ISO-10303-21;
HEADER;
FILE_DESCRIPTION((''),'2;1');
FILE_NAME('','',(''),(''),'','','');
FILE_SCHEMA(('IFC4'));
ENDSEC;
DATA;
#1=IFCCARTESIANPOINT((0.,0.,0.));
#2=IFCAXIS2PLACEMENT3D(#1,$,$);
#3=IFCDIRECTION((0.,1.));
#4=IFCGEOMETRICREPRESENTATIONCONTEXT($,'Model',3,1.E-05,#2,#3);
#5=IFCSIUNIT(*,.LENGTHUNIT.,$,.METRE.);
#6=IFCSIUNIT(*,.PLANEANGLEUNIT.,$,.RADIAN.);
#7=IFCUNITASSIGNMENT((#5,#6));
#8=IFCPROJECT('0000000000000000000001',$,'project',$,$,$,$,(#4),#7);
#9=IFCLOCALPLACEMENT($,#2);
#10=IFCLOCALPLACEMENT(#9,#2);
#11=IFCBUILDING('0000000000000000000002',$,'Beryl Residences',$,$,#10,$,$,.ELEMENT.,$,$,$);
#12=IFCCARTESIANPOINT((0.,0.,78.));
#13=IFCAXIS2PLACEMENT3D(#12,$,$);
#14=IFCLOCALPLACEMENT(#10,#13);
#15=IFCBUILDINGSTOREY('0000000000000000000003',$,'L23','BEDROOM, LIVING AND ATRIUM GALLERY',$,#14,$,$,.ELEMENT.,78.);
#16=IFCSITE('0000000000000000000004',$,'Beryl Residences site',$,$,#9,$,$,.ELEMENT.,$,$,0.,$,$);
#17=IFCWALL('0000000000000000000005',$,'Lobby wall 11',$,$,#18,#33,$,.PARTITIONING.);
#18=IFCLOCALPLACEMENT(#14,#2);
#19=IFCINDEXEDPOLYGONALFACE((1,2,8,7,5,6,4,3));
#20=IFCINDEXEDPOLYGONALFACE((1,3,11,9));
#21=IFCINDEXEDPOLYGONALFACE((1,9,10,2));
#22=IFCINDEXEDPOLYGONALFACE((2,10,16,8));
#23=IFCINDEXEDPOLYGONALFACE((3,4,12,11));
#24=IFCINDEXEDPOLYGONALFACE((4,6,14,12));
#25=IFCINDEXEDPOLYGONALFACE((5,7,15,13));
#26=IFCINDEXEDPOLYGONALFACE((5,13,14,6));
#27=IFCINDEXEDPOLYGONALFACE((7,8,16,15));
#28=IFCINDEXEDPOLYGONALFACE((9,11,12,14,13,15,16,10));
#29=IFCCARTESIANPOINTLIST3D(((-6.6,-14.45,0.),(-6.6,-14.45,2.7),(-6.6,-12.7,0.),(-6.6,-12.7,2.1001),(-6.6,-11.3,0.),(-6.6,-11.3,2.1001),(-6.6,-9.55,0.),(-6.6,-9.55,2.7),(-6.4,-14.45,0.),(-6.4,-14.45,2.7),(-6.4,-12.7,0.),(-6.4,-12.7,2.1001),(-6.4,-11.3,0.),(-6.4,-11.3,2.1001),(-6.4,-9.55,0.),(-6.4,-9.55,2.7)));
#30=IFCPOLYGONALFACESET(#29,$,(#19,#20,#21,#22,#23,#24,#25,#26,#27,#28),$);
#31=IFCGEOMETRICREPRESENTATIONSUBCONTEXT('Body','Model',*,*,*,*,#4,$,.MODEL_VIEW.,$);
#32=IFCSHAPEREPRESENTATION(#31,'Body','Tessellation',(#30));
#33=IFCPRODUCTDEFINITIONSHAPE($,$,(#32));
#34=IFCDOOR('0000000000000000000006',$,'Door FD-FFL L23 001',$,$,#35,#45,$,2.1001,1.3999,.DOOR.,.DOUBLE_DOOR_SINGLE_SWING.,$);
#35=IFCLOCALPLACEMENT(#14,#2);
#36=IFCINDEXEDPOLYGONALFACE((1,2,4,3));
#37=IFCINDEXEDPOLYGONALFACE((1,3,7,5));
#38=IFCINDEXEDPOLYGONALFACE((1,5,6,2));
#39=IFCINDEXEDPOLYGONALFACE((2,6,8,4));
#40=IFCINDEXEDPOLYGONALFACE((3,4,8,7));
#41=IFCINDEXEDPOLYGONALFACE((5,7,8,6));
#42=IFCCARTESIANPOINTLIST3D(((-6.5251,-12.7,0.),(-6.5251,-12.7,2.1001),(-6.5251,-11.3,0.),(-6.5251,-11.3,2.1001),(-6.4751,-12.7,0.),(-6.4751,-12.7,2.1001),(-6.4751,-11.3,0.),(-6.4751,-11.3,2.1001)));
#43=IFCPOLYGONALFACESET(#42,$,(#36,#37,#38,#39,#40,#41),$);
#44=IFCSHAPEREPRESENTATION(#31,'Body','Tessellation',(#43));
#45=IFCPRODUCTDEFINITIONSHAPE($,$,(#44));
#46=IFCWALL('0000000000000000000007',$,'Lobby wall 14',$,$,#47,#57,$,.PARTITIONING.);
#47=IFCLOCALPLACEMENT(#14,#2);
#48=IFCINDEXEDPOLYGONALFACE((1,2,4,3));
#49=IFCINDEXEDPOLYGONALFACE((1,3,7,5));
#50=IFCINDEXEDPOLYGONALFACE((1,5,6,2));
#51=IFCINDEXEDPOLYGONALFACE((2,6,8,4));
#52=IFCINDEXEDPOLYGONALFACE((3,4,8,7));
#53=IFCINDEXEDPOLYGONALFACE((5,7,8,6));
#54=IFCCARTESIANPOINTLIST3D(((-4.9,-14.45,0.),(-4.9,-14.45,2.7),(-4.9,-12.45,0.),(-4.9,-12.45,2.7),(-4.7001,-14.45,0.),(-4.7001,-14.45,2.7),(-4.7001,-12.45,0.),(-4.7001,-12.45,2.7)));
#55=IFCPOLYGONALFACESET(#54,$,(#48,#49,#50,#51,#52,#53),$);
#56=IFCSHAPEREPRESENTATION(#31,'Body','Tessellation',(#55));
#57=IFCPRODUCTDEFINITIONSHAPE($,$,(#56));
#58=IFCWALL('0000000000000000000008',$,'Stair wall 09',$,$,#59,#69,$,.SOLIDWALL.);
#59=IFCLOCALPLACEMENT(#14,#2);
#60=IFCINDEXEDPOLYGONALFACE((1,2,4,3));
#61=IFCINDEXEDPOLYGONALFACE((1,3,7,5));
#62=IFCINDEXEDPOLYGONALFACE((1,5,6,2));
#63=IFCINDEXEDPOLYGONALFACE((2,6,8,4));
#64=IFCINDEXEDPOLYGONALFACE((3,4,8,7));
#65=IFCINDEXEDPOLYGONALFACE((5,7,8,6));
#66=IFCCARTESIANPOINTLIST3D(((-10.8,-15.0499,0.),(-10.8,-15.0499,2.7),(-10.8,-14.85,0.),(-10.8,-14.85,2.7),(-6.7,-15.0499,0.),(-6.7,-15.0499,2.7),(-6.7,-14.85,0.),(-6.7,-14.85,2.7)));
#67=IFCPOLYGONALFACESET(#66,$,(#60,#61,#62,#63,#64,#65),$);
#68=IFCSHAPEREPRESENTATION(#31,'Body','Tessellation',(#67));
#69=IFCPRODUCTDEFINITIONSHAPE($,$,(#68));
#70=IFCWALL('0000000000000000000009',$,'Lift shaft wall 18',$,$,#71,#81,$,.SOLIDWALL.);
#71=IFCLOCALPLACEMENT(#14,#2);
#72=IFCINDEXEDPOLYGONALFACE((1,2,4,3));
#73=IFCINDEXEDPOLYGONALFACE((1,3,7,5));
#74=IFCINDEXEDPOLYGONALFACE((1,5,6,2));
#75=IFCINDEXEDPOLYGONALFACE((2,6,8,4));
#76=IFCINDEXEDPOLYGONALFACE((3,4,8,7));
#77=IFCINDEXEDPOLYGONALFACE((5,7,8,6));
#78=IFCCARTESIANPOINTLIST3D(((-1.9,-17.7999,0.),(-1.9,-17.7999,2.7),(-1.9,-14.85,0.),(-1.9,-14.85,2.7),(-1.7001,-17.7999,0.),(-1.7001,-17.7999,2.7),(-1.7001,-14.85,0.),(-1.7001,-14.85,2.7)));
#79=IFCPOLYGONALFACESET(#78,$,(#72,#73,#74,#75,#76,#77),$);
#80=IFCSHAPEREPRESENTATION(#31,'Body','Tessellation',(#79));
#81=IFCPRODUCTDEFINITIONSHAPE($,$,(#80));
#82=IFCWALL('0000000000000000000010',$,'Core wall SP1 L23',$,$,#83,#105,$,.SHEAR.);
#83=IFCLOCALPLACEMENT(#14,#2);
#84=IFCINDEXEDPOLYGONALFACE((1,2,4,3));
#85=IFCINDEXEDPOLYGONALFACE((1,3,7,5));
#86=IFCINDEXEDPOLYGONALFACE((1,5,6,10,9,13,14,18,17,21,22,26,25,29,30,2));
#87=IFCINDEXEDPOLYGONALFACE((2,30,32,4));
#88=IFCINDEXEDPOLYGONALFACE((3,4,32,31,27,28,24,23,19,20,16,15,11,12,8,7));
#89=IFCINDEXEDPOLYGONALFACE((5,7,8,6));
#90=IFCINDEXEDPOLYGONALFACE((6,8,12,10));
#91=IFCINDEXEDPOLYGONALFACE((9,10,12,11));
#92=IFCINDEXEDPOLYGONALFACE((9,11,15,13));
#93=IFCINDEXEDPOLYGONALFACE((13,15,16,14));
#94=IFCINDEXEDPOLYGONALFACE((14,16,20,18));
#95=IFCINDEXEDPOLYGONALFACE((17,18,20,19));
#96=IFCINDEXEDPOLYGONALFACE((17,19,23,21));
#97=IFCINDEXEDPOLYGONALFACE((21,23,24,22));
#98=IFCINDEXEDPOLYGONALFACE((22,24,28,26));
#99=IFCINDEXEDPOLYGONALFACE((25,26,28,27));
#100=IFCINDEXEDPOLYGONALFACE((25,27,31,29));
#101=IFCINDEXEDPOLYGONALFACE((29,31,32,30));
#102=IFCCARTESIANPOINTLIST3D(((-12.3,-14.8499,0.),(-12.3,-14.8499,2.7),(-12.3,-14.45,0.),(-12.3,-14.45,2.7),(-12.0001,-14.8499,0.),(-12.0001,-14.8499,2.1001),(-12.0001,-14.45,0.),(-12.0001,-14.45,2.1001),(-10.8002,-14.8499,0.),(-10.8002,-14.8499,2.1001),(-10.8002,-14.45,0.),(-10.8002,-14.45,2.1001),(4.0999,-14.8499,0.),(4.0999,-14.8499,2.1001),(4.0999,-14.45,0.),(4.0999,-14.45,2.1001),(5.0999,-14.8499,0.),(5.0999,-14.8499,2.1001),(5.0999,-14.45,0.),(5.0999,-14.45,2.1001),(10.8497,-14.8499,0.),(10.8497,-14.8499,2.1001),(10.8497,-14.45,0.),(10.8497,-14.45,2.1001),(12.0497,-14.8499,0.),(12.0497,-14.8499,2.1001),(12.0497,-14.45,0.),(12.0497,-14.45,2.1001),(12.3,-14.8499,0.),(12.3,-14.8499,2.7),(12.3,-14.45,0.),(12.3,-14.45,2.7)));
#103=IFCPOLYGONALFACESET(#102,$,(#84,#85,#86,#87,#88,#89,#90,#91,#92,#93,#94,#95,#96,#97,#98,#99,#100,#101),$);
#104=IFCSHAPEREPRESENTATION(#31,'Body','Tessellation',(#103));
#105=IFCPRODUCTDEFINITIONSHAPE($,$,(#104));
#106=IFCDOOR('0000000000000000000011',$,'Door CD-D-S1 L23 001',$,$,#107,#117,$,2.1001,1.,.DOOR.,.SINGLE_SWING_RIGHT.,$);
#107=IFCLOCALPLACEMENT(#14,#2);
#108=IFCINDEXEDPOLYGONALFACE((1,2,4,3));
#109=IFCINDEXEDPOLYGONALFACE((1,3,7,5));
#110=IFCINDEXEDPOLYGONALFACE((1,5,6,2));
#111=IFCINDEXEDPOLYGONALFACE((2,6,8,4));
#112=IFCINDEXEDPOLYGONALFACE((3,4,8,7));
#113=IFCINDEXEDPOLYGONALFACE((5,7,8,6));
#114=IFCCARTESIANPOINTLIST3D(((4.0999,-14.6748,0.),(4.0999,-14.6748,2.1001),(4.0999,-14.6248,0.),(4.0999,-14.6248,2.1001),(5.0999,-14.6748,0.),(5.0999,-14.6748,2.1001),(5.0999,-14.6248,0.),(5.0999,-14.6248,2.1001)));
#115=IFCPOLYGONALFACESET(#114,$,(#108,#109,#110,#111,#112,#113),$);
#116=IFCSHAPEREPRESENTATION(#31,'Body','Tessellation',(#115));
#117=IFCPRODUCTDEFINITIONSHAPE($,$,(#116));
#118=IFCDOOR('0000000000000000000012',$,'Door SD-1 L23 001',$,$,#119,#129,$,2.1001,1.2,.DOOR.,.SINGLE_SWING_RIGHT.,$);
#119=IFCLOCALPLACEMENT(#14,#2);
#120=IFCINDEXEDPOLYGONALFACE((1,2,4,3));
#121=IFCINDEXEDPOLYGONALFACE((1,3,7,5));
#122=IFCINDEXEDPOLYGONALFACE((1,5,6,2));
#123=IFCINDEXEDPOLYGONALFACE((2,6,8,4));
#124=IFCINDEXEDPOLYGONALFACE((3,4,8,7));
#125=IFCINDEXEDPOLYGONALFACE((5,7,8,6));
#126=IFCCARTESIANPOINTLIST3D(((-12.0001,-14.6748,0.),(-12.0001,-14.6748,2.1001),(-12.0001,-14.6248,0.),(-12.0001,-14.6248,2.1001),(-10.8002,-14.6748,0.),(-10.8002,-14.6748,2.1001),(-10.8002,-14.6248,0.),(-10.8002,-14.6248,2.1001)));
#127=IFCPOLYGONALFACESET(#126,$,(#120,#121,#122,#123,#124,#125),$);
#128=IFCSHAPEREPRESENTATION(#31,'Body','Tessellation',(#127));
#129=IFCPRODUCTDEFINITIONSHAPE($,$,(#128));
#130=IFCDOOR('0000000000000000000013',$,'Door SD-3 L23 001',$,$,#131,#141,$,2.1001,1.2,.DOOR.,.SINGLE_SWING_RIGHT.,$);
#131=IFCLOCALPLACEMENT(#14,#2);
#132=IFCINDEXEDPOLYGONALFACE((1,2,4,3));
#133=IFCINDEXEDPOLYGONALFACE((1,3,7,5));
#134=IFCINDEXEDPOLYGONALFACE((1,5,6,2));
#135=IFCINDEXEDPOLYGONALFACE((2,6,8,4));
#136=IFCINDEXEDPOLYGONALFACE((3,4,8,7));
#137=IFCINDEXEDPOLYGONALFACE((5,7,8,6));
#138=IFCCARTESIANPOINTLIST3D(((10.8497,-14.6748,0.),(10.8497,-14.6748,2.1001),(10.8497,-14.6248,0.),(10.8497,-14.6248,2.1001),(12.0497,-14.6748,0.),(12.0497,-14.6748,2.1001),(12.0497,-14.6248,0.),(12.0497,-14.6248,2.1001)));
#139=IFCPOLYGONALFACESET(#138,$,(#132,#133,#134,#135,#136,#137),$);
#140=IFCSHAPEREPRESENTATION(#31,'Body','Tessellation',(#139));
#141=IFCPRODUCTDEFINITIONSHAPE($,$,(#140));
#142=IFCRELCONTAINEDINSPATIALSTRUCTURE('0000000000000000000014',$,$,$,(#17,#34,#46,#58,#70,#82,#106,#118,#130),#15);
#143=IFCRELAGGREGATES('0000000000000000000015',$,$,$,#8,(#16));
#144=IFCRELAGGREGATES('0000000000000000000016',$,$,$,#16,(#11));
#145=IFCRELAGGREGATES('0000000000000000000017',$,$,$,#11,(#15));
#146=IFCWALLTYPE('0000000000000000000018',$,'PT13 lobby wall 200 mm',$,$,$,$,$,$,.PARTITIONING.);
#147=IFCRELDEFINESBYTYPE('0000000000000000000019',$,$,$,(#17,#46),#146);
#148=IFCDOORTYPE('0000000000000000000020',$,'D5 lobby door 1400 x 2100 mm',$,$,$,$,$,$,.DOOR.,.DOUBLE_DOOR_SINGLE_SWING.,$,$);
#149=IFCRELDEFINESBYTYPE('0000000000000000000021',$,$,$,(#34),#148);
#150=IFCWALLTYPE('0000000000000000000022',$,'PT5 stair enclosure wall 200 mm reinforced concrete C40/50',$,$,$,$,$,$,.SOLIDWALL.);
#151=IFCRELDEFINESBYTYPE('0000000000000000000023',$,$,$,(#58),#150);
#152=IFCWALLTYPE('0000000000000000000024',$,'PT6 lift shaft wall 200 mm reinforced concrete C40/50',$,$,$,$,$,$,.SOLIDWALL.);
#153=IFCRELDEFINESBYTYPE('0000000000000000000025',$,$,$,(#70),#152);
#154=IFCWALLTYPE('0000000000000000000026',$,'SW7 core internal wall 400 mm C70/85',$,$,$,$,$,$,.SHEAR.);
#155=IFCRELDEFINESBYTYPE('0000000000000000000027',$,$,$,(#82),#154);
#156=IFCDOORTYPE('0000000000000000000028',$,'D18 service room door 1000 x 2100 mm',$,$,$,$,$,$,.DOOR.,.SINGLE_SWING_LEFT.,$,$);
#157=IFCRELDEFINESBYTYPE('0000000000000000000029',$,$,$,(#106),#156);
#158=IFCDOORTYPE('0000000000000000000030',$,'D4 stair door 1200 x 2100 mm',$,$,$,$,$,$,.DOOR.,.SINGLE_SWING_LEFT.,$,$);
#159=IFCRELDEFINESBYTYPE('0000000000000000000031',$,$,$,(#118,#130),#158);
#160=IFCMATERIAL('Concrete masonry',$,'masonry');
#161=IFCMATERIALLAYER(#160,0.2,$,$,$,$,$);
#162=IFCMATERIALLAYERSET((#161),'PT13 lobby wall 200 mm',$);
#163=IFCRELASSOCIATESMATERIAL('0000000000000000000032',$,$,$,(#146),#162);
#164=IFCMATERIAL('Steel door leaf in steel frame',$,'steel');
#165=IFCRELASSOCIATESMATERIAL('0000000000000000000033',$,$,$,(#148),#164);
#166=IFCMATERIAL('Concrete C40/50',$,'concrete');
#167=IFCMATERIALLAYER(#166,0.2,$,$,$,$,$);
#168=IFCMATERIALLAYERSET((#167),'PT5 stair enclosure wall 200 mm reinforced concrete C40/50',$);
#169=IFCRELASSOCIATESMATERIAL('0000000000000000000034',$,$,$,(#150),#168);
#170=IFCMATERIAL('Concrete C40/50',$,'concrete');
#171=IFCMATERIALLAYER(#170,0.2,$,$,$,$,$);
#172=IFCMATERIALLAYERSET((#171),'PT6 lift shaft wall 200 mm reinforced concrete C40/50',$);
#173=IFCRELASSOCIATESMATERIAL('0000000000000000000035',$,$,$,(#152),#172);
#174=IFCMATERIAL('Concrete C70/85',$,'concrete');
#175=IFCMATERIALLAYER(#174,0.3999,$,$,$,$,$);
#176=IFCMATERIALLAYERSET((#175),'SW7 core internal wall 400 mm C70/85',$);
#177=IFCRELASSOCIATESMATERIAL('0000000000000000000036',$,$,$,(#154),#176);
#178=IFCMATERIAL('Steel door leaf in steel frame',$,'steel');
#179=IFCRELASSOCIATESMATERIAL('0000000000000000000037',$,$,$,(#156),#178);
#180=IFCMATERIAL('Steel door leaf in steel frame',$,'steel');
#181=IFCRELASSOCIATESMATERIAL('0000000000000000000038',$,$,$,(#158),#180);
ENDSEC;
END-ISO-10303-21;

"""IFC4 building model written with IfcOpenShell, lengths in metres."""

from ifc_helpers import new_model, si_unit, direction, frame, frame_2d, origin, place, context, subcontext, project, spatial, rectangle, extrude, material, layer, layer_set, type_object, element, fill, save


model = new_model("IFC4")

# Units and contexts
model_context = context("Model", 3, precision=1e-05, world=origin(), true_north=direction((0.0, 1.0)))
body_context = subcontext(model_context, "Body", "Model", "MODEL_VIEW")
ifc_project = project(units=[si_unit("LENGTHUNIT", "METRE"), si_unit("PLANEANGLEUNIT", "RADIAN")], contexts=[model_context])

# Site, building, storey
site_placement = place(None, origin())
site = spatial("IfcSite", under=ifc_project, at=site_placement, Name="Beryl Residences site", CompositionType="ELEMENT", RefElevation=0.0)
building_placement = place(site_placement, origin())
building = spatial("IfcBuilding", under=site, at=building_placement, Name="Beryl Residences", CompositionType="ELEMENT")
storey_placement = place(building_placement, frame((0.0, 0.0, 78.0)))
storey = spatial("IfcBuildingStorey", under=building, at=storey_placement, Name="L23", Description="BEDROOM, LIVING AND ATRIUM GALLERY", CompositionType="ELEMENT", Elevation=78.0)

# Wall, opening, door
ifc_material_1 = material(Name="Concrete masonry", Category="masonry")
ifc_layer_1 = layer(ifc_material_1, 0.2)
ifc_layer_set_1 = layer_set([ifc_layer_1], Name="PT13 lobby wall 200 mm")
wall_type_1 = type_object("IfcWallType", Name="PT13 lobby wall 200 mm", PredefinedType="PARTITIONING", material=ifc_layer_set_1)
wall_1_placement = place(storey_placement, frame((-6.5, -14.45, 0.0), z_axis=(0.0, 0.0, 1.0), x_axis=(0.0, 1.0, 0.0)))
wall_1 = element("IfcWall", 1, at=wall_1_placement, inside=storey, type_object=wall_type_1, Name="Lobby wall 11", PredefinedType="PARTITIONING", context=body_context, shape_type="SweptSolid", body=[
    extrude(rectangle(XDim=4.8999, YDim=0.2, at=frame_2d((2.45, 0.0))), origin(), (0.0, 0.0, 1.0), 2.7),
])
opening_1_placement = place(wall_1_placement, frame((3.1499, 0.0, 0.0), z_axis=(0.0, 0.0, 1.0), x_axis=(-1.0, 0.0, 0.0)))
opening_1 = element("IfcOpeningElement", 2, at=opening_1_placement, cuts=wall_1, PredefinedType="OPENING", context=body_context, shape_type="SweptSolid", body=[
    extrude(rectangle(XDim=1.3999, YDim=2.1001, at=frame_2d((0.7, 1.05))), frame((0.0, 0.1099, 0.0), z_axis=(0.0, -1.0, 0.0), x_axis=(1.0, 0.0, 0.0)), (0.0, 0.0, 1.0), 0.22),
])
ifc_material_2 = material(Name="Steel door leaf in steel frame", Category="steel")
door_type_1 = type_object("IfcDoorType", Name="D5 lobby door 1400 x 2100 mm", OperationType="DOUBLE_DOOR_SINGLE_SWING", PredefinedType="DOOR", material=ifc_material_2)
door_1_placement = place(opening_1_placement, origin())
door_1 = element("IfcDoor", 3, at=door_1_placement, inside=storey, type_object=door_type_1, Name="Door FD-FFL L23 001", OperationType="DOUBLE_DOOR_SINGLE_SWING", OverallHeight=2.1001, OverallWidth=1.3999, PredefinedType="DOOR", context=body_context, shape_type="SweptSolid", body=[
    extrude(rectangle(XDim=1.3999, YDim=2.1001, at=frame_2d((0.7, 1.05))), frame((0.0, 0.0249, 0.0), z_axis=(0.0, -1.0, 0.0), x_axis=(1.0, 0.0, 0.0)), (0.0, 0.0, 1.0), 0.05),
])
fill(opening_1, door_1)

# Walls
wall_2_placement = place(storey_placement, frame((-4.8, -14.45, 0.0), z_axis=(0.0, 0.0, 1.0), x_axis=(0.0, 1.0, 0.0)))
element("IfcWall", 4, at=wall_2_placement, inside=storey, type_object=wall_type_1, Name="Lobby wall 14", PredefinedType="PARTITIONING", context=body_context, shape_type="SweptSolid", body=[
    extrude(rectangle(XDim=2.0, YDim=0.2, at=frame_2d((1.0, 0.0))), origin(), (0.0, 0.0, 1.0), 2.7),
])
ifc_material_3 = material(Name="Concrete C40/50", Category="concrete")
ifc_layer_2 = layer(ifc_material_3, 0.2)
ifc_layer_set_2 = layer_set([ifc_layer_2], Name="PT5 stair enclosure wall 200 mm reinforced concrete C40/50")
wall_type_2 = type_object("IfcWallType", Name="PT5 stair enclosure wall 200 mm reinforced concrete C40/50", PredefinedType="SOLIDWALL", material=ifc_layer_set_2)
wall_3_placement = place(storey_placement, frame((-10.8, -14.95, 0.0), z_axis=(0.0, 0.0, 1.0), x_axis=(1.0, 0.0, 0.0)))
element("IfcWall", 5, at=wall_3_placement, inside=storey, type_object=wall_type_2, Name="Stair wall 09", PredefinedType="SOLIDWALL", context=body_context, shape_type="SweptSolid", body=[
    extrude(rectangle(XDim=4.1001, YDim=0.2, at=frame_2d((2.05, 0.0))), origin(), (0.0, 0.0, 1.0), 2.7),
])
ifc_material_4 = material(Name="Concrete C40/50", Category="concrete")
ifc_layer_3 = layer(ifc_material_4, 0.2)
ifc_layer_set_3 = layer_set([ifc_layer_3], Name="PT6 lift shaft wall 200 mm reinforced concrete C40/50")
wall_type_3 = type_object("IfcWallType", Name="PT6 lift shaft wall 200 mm reinforced concrete C40/50", PredefinedType="SOLIDWALL", material=ifc_layer_set_3)
wall_4_placement = place(storey_placement, frame((-1.8, -17.8, 0.0), z_axis=(0.0, 0.0, 1.0), x_axis=(0.0, 1.0, 0.0)))
element("IfcWall", 6, at=wall_4_placement, inside=storey, type_object=wall_type_3, Name="Lift shaft wall 18", PredefinedType="SOLIDWALL", context=body_context, shape_type="SweptSolid", body=[
    extrude(rectangle(XDim=2.95, YDim=0.2, at=frame_2d((1.4751, 0.0))), origin(), (0.0, 0.0, 1.0), 2.7),
])

# Wall, openings, doors
ifc_material_5 = material(Name="Concrete C70/85", Category="concrete")
ifc_layer_4 = layer(ifc_material_5, 0.3999)
ifc_layer_set_4 = layer_set([ifc_layer_4], Name="SW7 core internal wall 400 mm C70/85")
wall_type_4 = type_object("IfcWallType", Name="SW7 core internal wall 400 mm C70/85", PredefinedType="SHEAR", material=ifc_layer_set_4)
wall_5_placement = place(storey_placement, frame((-12.3, -14.6499, 0.0), z_axis=(0.0, 0.0, 1.0), x_axis=(1.0, 0.0, 0.0)))
wall_5 = element("IfcWall", 7, at=wall_5_placement, inside=storey, type_object=wall_type_4, Name="Core wall SP1 L23", PredefinedType="SHEAR", context=body_context, shape_type="SweptSolid", body=[
    extrude(rectangle(XDim=24.6001, YDim=0.3999, at=frame_2d((12.3, 0.0))), origin(), (0.0, 0.0, 1.0), 2.7),
])
opening_2_placement = place(wall_5_placement, frame((1.5, 0.0, 0.0), z_axis=(0.0, 0.0, 1.0), x_axis=(-1.0, 0.0, 0.0)))
opening_2 = element("IfcOpeningElement", 8, at=opening_2_placement, cuts=wall_5, PredefinedType="OPENING", context=body_context, shape_type="SweptSolid", body=[
    extrude(rectangle(XDim=1.2, YDim=2.1001, at=frame_2d((0.6001, 1.05))), frame((0.0, 0.21, 0.0), z_axis=(0.0, -1.0, 0.0), x_axis=(1.0, 0.0, 0.0)), (0.0, 0.0, 1.0), 0.4199),
])
opening_3_placement = place(wall_5_placement, frame((24.3499, 0.0, 0.0), z_axis=(0.0, 0.0, 1.0), x_axis=(-1.0, 0.0, 0.0)))
opening_3 = element("IfcOpeningElement", 9, at=opening_3_placement, cuts=wall_5, PredefinedType="OPENING", context=body_context, shape_type="SweptSolid", body=[
    extrude(rectangle(XDim=1.2, YDim=2.1001, at=frame_2d((0.6001, 1.05))), frame((0.0, 0.21, 0.0), z_axis=(0.0, -1.0, 0.0), x_axis=(1.0, 0.0, 0.0)), (0.0, 0.0, 1.0), 0.4199),
])
opening_4_placement = place(wall_5_placement, frame((17.3999, 0.0, 0.0), z_axis=(0.0, 0.0, 1.0), x_axis=(-1.0, 0.0, 0.0)))
opening_4 = element("IfcOpeningElement", 10, at=opening_4_placement, cuts=wall_5, PredefinedType="OPENING", context=body_context, shape_type="SweptSolid", body=[
    extrude(rectangle(XDim=1.0, YDim=2.1001, at=frame_2d((0.5, 1.05))), frame((0.0, 0.21, 0.0), z_axis=(0.0, -1.0, 0.0), x_axis=(1.0, 0.0, 0.0)), (0.0, 0.0, 1.0), 0.4199),
])
ifc_material_6 = material(Name="Steel door leaf in steel frame", Category="steel")
door_type_2 = type_object("IfcDoorType", Name="D18 service room door 1000 x 2100 mm", OperationType="SINGLE_SWING_LEFT", PredefinedType="DOOR", material=ifc_material_6)
door_2_placement = place(opening_4_placement, origin())
door_2 = element("IfcDoor", 11, at=door_2_placement, inside=storey, type_object=door_type_2, Name="Door CD-D-S1 L23 001", OperationType="SINGLE_SWING_RIGHT", OverallHeight=2.1001, OverallWidth=1.0, PredefinedType="DOOR", context=body_context, shape_type="SweptSolid", body=[
    extrude(rectangle(XDim=1.0, YDim=2.1001, at=frame_2d((0.5, 1.05))), frame((0.0, 0.0249, 0.0), z_axis=(0.0, -1.0, 0.0), x_axis=(1.0, 0.0, 0.0)), (0.0, 0.0, 1.0), 0.05),
])
fill(opening_4, door_2)
ifc_material_7 = material(Name="Steel door leaf in steel frame", Category="steel")
door_type_3 = type_object("IfcDoorType", Name="D4 stair door 1200 x 2100 mm", OperationType="SINGLE_SWING_LEFT", PredefinedType="DOOR", material=ifc_material_7)
door_3_placement = place(opening_2_placement, origin())
door_3 = element("IfcDoor", 12, at=door_3_placement, inside=storey, type_object=door_type_3, Name="Door SD-1 L23 001", OperationType="SINGLE_SWING_RIGHT", OverallHeight=2.1001, OverallWidth=1.2, PredefinedType="DOOR", context=body_context, shape_type="SweptSolid", body=[
    extrude(rectangle(XDim=1.2, YDim=2.1001, at=frame_2d((0.6001, 1.05))), frame((0.0, 0.0249, 0.0), z_axis=(0.0, -1.0, 0.0), x_axis=(1.0, 0.0, 0.0)), (0.0, 0.0, 1.0), 0.05),
])
fill(opening_2, door_3)
door_4_placement = place(opening_3_placement, origin())
door_4 = element("IfcDoor", 13, at=door_4_placement, inside=storey, type_object=door_type_3, Name="Door SD-3 L23 001", OperationType="SINGLE_SWING_RIGHT", OverallHeight=2.1001, OverallWidth=1.2, PredefinedType="DOOR", context=body_context, shape_type="SweptSolid", body=[
    extrude(rectangle(XDim=1.2, YDim=2.1001, at=frame_2d((0.6001, 1.05))), frame((0.0, 0.0249, 0.0), z_axis=(0.0, -1.0, 0.0), x_axis=(1.0, 0.0, 0.0)), (0.0, 0.0, 1.0), 0.05),
])
fill(opening_3, door_4)

save(model, "model.ifc")
